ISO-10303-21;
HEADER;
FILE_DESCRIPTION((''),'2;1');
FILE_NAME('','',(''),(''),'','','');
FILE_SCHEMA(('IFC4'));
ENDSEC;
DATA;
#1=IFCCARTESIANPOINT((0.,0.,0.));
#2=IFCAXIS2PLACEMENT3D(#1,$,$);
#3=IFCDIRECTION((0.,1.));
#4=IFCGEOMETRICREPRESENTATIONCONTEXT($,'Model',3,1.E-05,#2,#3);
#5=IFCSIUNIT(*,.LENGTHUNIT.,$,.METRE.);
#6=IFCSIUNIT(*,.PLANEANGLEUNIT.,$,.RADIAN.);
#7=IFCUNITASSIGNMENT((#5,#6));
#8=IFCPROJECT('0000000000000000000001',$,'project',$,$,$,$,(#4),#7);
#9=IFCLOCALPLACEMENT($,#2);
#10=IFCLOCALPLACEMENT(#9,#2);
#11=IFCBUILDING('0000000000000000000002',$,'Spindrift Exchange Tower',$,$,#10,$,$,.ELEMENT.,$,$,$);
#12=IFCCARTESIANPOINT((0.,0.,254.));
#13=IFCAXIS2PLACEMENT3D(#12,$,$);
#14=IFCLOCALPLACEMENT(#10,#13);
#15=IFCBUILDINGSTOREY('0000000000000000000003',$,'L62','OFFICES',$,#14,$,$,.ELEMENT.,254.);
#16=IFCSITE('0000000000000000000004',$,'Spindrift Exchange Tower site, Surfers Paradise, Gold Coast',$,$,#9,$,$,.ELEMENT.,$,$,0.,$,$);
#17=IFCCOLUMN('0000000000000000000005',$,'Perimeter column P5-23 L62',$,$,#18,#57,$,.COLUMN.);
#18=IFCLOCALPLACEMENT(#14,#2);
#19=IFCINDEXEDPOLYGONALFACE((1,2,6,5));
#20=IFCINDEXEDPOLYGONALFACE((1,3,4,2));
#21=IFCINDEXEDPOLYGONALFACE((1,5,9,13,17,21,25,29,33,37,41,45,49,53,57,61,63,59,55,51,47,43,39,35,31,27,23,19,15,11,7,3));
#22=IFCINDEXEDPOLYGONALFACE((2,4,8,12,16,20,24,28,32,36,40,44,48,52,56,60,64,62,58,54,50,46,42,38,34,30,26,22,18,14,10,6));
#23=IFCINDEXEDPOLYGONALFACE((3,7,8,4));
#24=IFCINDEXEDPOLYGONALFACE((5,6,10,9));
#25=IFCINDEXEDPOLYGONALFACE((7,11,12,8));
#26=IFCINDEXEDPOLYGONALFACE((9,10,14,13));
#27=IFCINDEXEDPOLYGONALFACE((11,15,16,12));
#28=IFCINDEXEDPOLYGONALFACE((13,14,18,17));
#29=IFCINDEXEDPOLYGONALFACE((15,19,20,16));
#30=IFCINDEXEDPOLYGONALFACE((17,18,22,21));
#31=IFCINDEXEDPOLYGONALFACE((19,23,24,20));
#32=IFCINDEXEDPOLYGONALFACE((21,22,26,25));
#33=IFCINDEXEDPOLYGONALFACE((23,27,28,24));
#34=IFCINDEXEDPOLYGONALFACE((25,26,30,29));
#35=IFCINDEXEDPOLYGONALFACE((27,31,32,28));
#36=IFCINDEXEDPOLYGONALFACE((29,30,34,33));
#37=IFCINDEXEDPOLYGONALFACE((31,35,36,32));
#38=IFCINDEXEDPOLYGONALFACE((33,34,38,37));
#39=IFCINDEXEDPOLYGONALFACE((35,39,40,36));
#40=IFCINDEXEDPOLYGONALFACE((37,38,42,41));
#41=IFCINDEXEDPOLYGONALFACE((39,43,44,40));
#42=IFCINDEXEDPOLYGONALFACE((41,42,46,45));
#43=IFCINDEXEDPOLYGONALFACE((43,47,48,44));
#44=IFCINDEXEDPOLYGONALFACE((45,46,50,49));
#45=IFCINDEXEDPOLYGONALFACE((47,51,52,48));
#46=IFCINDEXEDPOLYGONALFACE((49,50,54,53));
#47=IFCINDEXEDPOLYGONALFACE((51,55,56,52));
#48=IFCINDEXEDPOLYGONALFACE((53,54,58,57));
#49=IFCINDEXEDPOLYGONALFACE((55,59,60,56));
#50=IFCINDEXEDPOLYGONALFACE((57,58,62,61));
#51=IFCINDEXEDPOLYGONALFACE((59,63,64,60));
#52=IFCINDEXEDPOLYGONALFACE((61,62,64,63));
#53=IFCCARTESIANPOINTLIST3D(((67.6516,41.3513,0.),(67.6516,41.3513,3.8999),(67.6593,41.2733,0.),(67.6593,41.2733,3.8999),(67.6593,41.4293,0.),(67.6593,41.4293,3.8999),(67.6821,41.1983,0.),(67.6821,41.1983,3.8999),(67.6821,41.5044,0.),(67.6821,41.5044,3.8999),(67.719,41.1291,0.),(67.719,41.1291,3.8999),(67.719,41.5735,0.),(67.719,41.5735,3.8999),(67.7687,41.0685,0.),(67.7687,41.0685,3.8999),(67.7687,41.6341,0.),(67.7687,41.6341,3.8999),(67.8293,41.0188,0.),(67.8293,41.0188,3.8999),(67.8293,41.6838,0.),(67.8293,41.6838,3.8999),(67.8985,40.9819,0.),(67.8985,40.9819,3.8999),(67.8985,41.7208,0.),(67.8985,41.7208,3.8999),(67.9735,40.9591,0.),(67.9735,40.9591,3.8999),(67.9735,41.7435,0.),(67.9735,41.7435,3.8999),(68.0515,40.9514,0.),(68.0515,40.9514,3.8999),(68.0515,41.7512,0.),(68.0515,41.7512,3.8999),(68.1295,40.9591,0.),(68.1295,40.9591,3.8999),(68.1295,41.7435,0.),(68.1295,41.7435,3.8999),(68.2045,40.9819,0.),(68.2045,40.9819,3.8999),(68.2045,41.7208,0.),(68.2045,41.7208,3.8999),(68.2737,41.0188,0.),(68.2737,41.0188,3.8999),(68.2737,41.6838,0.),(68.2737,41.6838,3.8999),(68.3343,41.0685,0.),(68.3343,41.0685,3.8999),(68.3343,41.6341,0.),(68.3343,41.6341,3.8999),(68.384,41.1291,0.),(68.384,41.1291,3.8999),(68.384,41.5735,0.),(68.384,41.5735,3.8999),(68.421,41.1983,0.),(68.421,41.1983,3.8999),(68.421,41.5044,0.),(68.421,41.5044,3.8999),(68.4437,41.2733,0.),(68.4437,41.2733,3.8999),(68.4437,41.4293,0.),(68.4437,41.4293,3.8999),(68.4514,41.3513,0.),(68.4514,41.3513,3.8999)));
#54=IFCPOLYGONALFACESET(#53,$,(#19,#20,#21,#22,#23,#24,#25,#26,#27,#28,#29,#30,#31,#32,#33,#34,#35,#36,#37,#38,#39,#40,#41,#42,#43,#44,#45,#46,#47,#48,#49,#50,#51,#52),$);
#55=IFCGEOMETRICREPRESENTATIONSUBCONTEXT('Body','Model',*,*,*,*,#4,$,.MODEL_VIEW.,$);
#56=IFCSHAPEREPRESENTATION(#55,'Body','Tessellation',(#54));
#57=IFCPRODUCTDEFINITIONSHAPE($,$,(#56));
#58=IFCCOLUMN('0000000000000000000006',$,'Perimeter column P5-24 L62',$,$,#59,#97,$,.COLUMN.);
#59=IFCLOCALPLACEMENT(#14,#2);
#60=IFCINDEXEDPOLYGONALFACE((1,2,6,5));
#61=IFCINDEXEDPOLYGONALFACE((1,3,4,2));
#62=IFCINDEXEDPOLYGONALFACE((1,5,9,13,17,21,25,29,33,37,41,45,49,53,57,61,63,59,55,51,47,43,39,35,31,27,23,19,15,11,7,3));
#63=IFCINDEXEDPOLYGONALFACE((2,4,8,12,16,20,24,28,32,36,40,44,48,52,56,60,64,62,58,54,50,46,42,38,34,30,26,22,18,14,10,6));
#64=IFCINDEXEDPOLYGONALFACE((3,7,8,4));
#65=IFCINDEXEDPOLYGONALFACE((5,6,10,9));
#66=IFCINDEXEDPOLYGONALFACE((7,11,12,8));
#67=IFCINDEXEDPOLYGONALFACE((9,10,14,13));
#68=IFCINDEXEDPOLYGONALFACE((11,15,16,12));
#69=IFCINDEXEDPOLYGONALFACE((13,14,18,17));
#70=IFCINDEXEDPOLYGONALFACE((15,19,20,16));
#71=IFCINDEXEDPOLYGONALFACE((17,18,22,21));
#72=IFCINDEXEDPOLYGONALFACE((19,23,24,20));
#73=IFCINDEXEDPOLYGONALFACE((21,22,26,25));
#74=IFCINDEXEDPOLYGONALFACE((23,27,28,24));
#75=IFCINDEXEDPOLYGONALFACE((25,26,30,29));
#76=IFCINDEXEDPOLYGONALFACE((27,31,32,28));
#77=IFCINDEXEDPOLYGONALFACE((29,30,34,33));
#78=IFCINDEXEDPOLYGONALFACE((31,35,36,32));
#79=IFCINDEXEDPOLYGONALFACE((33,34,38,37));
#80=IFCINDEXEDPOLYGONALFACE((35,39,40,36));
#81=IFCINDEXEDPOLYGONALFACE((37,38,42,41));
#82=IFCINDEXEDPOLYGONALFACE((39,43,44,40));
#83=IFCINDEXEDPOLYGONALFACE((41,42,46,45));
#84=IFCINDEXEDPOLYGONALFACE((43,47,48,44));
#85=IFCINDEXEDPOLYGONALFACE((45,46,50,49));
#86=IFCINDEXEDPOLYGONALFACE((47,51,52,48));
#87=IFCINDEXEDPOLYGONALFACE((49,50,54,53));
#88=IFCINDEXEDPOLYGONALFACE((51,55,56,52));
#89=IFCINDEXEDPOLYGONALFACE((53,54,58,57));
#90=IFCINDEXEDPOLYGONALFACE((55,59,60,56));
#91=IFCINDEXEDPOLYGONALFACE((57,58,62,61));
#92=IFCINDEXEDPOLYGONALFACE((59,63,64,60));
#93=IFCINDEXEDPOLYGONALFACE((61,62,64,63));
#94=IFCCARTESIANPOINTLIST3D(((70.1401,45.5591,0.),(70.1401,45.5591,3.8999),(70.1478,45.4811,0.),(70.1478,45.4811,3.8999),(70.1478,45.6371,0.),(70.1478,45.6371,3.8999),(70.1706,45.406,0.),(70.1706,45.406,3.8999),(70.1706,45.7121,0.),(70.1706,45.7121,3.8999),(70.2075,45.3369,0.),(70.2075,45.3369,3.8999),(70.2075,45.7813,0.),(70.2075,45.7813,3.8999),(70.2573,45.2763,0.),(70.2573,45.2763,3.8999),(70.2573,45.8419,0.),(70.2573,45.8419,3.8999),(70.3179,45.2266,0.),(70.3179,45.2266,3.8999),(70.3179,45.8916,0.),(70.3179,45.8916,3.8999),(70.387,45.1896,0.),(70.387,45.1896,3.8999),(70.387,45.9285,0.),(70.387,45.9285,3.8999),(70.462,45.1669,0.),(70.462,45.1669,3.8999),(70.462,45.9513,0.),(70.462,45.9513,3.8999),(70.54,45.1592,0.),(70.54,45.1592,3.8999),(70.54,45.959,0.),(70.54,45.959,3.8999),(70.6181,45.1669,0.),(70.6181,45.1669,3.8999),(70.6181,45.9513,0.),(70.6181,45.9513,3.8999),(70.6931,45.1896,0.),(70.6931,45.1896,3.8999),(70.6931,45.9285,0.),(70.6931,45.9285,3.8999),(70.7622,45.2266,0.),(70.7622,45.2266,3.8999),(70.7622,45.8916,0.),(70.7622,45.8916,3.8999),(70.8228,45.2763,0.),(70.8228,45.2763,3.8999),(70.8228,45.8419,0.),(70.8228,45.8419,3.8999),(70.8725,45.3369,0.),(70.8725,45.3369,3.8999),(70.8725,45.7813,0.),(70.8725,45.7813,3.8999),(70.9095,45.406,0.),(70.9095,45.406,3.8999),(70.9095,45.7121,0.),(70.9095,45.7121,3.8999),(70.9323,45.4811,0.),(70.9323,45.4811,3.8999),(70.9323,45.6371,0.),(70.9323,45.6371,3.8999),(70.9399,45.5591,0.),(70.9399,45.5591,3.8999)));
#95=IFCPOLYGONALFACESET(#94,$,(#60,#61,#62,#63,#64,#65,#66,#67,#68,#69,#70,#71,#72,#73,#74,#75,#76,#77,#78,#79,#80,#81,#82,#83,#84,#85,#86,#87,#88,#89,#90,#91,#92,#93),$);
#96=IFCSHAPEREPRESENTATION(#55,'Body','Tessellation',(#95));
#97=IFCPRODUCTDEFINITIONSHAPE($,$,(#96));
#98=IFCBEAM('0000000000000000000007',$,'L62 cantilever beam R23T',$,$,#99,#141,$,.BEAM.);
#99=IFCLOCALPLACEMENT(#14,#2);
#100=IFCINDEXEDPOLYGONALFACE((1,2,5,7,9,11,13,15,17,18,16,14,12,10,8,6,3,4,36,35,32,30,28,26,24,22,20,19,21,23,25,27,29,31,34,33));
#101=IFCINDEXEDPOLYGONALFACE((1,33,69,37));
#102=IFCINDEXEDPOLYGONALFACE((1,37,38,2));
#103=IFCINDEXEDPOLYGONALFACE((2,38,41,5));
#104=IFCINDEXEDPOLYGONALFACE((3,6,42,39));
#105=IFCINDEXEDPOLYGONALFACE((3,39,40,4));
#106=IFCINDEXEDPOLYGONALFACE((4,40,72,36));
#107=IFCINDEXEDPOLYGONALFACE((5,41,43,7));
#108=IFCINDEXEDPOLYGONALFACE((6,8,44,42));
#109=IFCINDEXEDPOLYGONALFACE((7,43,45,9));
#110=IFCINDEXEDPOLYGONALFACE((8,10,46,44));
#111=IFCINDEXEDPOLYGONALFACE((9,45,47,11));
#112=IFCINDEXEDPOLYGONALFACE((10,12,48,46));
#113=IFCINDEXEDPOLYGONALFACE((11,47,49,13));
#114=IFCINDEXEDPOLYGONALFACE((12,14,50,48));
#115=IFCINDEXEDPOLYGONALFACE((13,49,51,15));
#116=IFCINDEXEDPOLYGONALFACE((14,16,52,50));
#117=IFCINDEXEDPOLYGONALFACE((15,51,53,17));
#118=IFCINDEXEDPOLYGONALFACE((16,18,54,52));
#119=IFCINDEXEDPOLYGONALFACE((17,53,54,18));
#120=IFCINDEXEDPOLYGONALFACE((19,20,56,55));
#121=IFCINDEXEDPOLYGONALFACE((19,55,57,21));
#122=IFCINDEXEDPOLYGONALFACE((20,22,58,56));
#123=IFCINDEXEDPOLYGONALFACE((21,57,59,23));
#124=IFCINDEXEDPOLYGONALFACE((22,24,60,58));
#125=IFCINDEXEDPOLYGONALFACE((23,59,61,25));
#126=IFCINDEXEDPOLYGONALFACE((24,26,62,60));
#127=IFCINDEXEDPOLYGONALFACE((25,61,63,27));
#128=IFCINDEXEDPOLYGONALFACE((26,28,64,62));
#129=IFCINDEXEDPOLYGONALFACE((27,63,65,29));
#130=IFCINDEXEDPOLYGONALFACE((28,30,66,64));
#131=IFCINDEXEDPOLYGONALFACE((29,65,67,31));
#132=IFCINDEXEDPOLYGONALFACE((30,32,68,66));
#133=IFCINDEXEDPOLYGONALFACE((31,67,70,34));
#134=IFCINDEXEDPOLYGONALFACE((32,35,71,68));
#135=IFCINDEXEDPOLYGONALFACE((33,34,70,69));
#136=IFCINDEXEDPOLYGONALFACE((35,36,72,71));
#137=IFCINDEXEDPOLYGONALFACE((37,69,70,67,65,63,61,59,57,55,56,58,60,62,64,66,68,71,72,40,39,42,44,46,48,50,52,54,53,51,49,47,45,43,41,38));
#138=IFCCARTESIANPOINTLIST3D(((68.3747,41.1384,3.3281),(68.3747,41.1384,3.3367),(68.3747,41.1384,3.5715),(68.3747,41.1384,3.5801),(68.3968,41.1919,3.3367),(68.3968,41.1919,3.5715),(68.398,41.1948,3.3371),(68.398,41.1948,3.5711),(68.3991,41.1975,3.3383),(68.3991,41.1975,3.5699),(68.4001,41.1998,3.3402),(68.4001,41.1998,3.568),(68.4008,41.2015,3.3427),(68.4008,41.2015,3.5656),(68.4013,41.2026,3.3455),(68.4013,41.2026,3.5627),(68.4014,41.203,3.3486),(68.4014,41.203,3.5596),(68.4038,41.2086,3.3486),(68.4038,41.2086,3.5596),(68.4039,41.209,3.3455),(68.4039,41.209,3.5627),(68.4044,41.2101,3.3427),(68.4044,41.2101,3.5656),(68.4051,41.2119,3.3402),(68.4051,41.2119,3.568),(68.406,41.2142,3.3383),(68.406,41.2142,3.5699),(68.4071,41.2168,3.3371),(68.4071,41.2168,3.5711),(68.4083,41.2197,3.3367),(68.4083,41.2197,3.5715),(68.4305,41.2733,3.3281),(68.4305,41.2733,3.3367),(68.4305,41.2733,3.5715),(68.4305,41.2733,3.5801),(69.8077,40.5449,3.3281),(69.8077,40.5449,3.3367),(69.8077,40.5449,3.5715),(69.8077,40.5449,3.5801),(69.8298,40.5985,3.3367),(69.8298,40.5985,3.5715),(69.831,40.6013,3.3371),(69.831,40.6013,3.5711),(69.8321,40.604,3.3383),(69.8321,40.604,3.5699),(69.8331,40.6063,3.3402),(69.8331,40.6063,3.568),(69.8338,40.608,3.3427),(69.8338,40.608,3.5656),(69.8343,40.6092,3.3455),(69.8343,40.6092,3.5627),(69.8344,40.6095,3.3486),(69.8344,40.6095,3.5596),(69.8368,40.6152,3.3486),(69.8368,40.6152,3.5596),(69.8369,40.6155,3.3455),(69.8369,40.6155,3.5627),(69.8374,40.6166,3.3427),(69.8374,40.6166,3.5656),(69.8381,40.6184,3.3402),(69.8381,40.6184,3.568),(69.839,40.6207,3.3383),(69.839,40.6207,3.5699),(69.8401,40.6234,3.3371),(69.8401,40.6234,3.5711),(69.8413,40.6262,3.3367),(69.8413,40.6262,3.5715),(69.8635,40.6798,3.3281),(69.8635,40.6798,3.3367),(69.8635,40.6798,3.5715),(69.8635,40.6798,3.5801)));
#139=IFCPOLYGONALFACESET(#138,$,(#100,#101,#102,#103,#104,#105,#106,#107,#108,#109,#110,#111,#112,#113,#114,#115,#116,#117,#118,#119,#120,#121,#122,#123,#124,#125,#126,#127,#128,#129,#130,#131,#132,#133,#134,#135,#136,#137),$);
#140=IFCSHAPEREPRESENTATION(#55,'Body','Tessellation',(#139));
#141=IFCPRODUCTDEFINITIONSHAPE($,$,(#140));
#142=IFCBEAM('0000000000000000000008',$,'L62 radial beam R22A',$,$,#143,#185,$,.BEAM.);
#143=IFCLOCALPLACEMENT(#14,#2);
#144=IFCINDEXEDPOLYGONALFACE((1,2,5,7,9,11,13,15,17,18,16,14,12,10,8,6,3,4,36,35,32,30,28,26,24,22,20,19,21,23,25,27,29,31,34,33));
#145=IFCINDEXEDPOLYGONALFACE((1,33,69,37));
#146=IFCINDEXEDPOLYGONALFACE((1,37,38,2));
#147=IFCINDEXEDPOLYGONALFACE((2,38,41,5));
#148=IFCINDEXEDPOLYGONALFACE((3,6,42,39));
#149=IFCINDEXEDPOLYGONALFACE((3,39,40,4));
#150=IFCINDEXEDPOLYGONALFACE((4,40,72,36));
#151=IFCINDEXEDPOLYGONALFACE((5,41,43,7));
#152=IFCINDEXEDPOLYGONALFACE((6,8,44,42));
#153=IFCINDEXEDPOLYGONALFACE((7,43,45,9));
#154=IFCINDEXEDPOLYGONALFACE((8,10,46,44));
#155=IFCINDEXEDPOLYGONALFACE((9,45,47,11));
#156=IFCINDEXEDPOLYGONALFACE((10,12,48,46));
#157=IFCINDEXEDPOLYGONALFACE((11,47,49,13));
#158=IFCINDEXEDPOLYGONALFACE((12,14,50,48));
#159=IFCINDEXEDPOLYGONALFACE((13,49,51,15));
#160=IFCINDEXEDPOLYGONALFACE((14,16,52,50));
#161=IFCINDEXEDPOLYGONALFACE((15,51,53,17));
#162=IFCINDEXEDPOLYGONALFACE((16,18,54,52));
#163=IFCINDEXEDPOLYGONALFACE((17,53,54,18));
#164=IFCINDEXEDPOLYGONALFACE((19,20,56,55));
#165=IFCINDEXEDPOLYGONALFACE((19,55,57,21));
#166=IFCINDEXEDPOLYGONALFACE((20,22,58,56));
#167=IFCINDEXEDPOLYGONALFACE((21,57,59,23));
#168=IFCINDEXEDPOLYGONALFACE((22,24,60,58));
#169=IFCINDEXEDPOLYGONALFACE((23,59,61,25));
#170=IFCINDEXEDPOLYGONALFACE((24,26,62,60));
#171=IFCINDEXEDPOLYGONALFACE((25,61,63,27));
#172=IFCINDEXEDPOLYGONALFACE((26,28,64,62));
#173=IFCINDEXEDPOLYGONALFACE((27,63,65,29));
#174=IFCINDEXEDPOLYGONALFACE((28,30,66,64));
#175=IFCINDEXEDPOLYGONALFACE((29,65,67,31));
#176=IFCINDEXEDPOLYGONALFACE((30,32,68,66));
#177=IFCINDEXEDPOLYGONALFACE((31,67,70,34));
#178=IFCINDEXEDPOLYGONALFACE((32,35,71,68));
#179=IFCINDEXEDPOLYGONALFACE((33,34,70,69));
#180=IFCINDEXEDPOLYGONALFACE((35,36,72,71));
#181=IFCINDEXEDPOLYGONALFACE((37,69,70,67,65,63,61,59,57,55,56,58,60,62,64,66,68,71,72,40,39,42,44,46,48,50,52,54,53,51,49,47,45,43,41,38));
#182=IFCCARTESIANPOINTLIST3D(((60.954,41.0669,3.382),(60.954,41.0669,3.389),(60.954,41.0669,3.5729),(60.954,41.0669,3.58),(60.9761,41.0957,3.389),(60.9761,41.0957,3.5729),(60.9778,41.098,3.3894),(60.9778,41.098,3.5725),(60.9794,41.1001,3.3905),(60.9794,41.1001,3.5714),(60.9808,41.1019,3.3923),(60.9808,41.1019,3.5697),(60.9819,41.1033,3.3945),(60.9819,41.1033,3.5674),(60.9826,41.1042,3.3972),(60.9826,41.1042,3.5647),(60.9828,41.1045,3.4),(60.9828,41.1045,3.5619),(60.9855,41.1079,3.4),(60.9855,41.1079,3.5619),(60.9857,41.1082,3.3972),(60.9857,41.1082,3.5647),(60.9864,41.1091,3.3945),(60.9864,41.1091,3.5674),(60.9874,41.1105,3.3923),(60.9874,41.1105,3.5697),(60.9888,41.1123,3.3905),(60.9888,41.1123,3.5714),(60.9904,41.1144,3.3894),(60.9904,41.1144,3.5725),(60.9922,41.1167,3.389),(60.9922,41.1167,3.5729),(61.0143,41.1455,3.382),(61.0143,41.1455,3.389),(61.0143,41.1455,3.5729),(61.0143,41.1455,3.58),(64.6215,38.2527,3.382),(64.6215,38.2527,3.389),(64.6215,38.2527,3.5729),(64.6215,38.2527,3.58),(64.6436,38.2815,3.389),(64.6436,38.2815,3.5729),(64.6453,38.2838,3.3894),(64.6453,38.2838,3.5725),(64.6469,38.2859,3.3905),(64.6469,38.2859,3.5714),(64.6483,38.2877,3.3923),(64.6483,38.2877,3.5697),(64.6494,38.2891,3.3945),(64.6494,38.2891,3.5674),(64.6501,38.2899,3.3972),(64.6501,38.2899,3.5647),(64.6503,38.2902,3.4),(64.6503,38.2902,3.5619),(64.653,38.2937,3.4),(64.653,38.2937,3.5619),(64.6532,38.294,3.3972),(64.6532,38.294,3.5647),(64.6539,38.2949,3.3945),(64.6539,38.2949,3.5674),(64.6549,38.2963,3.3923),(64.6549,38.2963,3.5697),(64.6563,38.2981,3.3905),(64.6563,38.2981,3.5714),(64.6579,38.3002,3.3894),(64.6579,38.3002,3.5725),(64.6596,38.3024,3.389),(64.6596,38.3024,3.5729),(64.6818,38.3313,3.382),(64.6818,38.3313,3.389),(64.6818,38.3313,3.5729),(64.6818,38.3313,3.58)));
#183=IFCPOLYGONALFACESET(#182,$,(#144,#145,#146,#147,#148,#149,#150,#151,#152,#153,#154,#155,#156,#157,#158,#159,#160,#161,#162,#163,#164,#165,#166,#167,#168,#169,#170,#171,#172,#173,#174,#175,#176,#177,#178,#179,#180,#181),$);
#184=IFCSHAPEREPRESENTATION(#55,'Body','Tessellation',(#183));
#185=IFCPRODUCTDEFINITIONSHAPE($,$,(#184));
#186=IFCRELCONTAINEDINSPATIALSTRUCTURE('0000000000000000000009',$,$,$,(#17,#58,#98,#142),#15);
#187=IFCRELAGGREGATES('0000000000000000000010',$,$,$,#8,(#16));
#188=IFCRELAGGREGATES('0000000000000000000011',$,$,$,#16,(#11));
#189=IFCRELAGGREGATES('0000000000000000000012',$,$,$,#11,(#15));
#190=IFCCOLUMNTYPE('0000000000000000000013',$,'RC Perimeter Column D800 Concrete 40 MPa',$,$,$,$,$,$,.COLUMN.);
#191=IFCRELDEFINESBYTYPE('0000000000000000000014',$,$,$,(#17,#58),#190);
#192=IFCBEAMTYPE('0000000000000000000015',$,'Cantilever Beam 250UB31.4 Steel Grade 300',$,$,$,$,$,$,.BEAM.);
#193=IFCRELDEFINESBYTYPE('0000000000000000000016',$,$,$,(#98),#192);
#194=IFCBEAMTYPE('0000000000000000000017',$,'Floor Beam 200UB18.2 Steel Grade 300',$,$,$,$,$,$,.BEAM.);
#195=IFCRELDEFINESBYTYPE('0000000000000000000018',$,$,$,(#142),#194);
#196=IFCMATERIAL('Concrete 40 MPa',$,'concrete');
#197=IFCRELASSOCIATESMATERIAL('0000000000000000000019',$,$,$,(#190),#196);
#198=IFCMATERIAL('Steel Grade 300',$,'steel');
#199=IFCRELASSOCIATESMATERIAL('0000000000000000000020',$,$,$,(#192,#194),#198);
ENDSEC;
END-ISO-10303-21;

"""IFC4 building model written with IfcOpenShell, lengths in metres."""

from ifc_helpers import new_model, si_unit, direction, frame, origin, origin_2d, place, context, subcontext, project, spatial, circle, i_section, extrude, source, transform, mapped, material, material_profile, profile_set, type_object, element, save


model = new_model("IFC4")

# Units and contexts
model_context = context("Model", 3, precision=1e-05, world=origin(), true_north=direction((0.0, 1.0)))
body_context = subcontext(model_context, "Body", "Model", "MODEL_VIEW")
ifc_project = project(units=[si_unit("LENGTHUNIT", "METRE"), si_unit("PLANEANGLEUNIT", "RADIAN")], contexts=[model_context])

# Site, building, storey
site_placement = place(None, origin())
site = spatial("IfcSite", under=ifc_project, at=site_placement, Name="Spindrift Exchange Tower site, Surfers Paradise, Gold Coast", CompositionType="ELEMENT", RefElevation=0.0)
building_placement = place(site_placement, origin())
building = spatial("IfcBuilding", under=site, at=building_placement, Name="Spindrift Exchange Tower", CompositionType="ELEMENT")
storey_placement = place(building_placement, frame((0.0, 0.0, 254.0)))
storey = spatial("IfcBuildingStorey", under=building, at=storey_placement, Name="L62", Description="OFFICES", CompositionType="ELEMENT", Elevation=254.0)

# Columns
ifc_material_1 = material(Name="Concrete 40 MPa", Category="concrete")
ifc_material_profile_1 = material_profile(ifc_material_1, circle(Radius=0.3999, at=origin_2d()), Name="RC D800")
ifc_profile_set_1 = profile_set([ifc_material_profile_1], Name="Concrete 40 MPa")
column_type = type_object("IfcColumnType", Name="RC Perimeter Column D800 Concrete 40 MPa", PredefinedType="COLUMN", material=ifc_profile_set_1)
shared_shape_1 = source(origin(), body_context, "Body", "SweptSolid", [
    extrude(circle(Radius=0.3999, at=origin_2d()), origin(), (0.0, 0.0, 1.0), 3.8999),
])
for number, where, z_axis, x_axis, name in (
    (1, (68.0515, 41.3513, 0.0), (0.0, 0.0, 1.0), (1.0, 0.0, 0.0), "Perimeter column P5-23 L62"),
    (2, (70.54, 45.5591, 0.0), (0.0, 0.0, 1.0), (1.0, 0.0, 0.0), "Perimeter column P5-24 L62"),
):
    element("IfcColumn", number, at=place(storey_placement, frame(where, z_axis=z_axis, x_axis=x_axis)), inside=storey, type_object=column_type, Name=name, PredefinedType="COLUMN", context=body_context, shape_type="MappedRepresentation", body=[
        mapped(shared_shape_1, transform((0.0, 0.0, 0.0), scale=1.0)),
    ])

# Beams
ifc_material_2 = material(Name="Steel Grade 300", Category="steel")
ifc_material_profile_2 = material_profile(ifc_material_2, i_section(OverallWidth=0.146, OverallDepth=0.252, WebThickness=0.0061, FlangeThickness=0.0085, FilletRadius=0.012, at=origin_2d()), Name="250UB31.4")
ifc_profile_set_2 = profile_set([ifc_material_profile_2], Name="Steel Grade 300")
beam_type_1 = type_object("IfcBeamType", Name="Cantilever Beam 250UB31.4 Steel Grade 300", PredefinedType="BEAM", material=ifc_profile_set_2)
shared_shape_2 = source(origin(), body_context, "Body", "SweptSolid", [
    extrude(i_section(OverallWidth=0.146, OverallDepth=0.252, WebThickness=0.0061, FlangeThickness=0.0085, FilletRadius=0.012, at=origin_2d()), origin(), (0.0, 0.0, 1.0), 1.551),
])
beam_1_placement = place(storey_placement, frame((68.4026, 41.2058, 3.4541), z_axis=(0.923904, -0.382625, 0.0), x_axis=(0.382625, 0.923904, 0.0)))
element("IfcBeam", 3, at=beam_1_placement, inside=storey, type_object=beam_type_1, Name="L62 cantilever beam R23T", PredefinedType="BEAM", context=body_context, shape_type="MappedRepresentation", body=[
    mapped(shared_shape_2, transform((0.0, 0.0, 0.0), scale=1.0)),
])
ifc_material_profile_3 = material_profile(ifc_material_2, i_section(OverallWidth=0.0991, OverallDepth=0.198, WebThickness=0.0044, FlangeThickness=0.0071, FilletRadius=0.011, at=origin_2d()), Name="200UB18.2")
ifc_profile_set_3 = profile_set([ifc_material_profile_3], Name="Steel Grade 300")
beam_type_2 = type_object("IfcBeamType", Name="Floor Beam 200UB18.2 Steel Grade 300", PredefinedType="BEAM", material=ifc_profile_set_3)
shared_shape_3 = source(origin(), body_context, "Body", "SweptSolid", [
    extrude(i_section(OverallWidth=0.0991, OverallDepth=0.198, WebThickness=0.0044, FlangeThickness=0.0071, FilletRadius=0.011, at=origin_2d()), origin(), (0.0, 0.0, 1.0), 4.6228),
])
beam_2_placement = place(storey_placement, frame((60.9841, 41.1062, 3.481), z_axis=(0.793348, -0.608769, 0.0), x_axis=(0.608769, 0.793348, 0.0)))
element("IfcBeam", 4, at=beam_2_placement, inside=storey, type_object=beam_type_2, Name="L62 radial beam R22A", PredefinedType="BEAM", context=body_context, shape_type="MappedRepresentation", body=[
    mapped(shared_shape_3, transform((0.0, 0.0, 0.0), scale=1.0)),
])

save(model, "model.ifc")
